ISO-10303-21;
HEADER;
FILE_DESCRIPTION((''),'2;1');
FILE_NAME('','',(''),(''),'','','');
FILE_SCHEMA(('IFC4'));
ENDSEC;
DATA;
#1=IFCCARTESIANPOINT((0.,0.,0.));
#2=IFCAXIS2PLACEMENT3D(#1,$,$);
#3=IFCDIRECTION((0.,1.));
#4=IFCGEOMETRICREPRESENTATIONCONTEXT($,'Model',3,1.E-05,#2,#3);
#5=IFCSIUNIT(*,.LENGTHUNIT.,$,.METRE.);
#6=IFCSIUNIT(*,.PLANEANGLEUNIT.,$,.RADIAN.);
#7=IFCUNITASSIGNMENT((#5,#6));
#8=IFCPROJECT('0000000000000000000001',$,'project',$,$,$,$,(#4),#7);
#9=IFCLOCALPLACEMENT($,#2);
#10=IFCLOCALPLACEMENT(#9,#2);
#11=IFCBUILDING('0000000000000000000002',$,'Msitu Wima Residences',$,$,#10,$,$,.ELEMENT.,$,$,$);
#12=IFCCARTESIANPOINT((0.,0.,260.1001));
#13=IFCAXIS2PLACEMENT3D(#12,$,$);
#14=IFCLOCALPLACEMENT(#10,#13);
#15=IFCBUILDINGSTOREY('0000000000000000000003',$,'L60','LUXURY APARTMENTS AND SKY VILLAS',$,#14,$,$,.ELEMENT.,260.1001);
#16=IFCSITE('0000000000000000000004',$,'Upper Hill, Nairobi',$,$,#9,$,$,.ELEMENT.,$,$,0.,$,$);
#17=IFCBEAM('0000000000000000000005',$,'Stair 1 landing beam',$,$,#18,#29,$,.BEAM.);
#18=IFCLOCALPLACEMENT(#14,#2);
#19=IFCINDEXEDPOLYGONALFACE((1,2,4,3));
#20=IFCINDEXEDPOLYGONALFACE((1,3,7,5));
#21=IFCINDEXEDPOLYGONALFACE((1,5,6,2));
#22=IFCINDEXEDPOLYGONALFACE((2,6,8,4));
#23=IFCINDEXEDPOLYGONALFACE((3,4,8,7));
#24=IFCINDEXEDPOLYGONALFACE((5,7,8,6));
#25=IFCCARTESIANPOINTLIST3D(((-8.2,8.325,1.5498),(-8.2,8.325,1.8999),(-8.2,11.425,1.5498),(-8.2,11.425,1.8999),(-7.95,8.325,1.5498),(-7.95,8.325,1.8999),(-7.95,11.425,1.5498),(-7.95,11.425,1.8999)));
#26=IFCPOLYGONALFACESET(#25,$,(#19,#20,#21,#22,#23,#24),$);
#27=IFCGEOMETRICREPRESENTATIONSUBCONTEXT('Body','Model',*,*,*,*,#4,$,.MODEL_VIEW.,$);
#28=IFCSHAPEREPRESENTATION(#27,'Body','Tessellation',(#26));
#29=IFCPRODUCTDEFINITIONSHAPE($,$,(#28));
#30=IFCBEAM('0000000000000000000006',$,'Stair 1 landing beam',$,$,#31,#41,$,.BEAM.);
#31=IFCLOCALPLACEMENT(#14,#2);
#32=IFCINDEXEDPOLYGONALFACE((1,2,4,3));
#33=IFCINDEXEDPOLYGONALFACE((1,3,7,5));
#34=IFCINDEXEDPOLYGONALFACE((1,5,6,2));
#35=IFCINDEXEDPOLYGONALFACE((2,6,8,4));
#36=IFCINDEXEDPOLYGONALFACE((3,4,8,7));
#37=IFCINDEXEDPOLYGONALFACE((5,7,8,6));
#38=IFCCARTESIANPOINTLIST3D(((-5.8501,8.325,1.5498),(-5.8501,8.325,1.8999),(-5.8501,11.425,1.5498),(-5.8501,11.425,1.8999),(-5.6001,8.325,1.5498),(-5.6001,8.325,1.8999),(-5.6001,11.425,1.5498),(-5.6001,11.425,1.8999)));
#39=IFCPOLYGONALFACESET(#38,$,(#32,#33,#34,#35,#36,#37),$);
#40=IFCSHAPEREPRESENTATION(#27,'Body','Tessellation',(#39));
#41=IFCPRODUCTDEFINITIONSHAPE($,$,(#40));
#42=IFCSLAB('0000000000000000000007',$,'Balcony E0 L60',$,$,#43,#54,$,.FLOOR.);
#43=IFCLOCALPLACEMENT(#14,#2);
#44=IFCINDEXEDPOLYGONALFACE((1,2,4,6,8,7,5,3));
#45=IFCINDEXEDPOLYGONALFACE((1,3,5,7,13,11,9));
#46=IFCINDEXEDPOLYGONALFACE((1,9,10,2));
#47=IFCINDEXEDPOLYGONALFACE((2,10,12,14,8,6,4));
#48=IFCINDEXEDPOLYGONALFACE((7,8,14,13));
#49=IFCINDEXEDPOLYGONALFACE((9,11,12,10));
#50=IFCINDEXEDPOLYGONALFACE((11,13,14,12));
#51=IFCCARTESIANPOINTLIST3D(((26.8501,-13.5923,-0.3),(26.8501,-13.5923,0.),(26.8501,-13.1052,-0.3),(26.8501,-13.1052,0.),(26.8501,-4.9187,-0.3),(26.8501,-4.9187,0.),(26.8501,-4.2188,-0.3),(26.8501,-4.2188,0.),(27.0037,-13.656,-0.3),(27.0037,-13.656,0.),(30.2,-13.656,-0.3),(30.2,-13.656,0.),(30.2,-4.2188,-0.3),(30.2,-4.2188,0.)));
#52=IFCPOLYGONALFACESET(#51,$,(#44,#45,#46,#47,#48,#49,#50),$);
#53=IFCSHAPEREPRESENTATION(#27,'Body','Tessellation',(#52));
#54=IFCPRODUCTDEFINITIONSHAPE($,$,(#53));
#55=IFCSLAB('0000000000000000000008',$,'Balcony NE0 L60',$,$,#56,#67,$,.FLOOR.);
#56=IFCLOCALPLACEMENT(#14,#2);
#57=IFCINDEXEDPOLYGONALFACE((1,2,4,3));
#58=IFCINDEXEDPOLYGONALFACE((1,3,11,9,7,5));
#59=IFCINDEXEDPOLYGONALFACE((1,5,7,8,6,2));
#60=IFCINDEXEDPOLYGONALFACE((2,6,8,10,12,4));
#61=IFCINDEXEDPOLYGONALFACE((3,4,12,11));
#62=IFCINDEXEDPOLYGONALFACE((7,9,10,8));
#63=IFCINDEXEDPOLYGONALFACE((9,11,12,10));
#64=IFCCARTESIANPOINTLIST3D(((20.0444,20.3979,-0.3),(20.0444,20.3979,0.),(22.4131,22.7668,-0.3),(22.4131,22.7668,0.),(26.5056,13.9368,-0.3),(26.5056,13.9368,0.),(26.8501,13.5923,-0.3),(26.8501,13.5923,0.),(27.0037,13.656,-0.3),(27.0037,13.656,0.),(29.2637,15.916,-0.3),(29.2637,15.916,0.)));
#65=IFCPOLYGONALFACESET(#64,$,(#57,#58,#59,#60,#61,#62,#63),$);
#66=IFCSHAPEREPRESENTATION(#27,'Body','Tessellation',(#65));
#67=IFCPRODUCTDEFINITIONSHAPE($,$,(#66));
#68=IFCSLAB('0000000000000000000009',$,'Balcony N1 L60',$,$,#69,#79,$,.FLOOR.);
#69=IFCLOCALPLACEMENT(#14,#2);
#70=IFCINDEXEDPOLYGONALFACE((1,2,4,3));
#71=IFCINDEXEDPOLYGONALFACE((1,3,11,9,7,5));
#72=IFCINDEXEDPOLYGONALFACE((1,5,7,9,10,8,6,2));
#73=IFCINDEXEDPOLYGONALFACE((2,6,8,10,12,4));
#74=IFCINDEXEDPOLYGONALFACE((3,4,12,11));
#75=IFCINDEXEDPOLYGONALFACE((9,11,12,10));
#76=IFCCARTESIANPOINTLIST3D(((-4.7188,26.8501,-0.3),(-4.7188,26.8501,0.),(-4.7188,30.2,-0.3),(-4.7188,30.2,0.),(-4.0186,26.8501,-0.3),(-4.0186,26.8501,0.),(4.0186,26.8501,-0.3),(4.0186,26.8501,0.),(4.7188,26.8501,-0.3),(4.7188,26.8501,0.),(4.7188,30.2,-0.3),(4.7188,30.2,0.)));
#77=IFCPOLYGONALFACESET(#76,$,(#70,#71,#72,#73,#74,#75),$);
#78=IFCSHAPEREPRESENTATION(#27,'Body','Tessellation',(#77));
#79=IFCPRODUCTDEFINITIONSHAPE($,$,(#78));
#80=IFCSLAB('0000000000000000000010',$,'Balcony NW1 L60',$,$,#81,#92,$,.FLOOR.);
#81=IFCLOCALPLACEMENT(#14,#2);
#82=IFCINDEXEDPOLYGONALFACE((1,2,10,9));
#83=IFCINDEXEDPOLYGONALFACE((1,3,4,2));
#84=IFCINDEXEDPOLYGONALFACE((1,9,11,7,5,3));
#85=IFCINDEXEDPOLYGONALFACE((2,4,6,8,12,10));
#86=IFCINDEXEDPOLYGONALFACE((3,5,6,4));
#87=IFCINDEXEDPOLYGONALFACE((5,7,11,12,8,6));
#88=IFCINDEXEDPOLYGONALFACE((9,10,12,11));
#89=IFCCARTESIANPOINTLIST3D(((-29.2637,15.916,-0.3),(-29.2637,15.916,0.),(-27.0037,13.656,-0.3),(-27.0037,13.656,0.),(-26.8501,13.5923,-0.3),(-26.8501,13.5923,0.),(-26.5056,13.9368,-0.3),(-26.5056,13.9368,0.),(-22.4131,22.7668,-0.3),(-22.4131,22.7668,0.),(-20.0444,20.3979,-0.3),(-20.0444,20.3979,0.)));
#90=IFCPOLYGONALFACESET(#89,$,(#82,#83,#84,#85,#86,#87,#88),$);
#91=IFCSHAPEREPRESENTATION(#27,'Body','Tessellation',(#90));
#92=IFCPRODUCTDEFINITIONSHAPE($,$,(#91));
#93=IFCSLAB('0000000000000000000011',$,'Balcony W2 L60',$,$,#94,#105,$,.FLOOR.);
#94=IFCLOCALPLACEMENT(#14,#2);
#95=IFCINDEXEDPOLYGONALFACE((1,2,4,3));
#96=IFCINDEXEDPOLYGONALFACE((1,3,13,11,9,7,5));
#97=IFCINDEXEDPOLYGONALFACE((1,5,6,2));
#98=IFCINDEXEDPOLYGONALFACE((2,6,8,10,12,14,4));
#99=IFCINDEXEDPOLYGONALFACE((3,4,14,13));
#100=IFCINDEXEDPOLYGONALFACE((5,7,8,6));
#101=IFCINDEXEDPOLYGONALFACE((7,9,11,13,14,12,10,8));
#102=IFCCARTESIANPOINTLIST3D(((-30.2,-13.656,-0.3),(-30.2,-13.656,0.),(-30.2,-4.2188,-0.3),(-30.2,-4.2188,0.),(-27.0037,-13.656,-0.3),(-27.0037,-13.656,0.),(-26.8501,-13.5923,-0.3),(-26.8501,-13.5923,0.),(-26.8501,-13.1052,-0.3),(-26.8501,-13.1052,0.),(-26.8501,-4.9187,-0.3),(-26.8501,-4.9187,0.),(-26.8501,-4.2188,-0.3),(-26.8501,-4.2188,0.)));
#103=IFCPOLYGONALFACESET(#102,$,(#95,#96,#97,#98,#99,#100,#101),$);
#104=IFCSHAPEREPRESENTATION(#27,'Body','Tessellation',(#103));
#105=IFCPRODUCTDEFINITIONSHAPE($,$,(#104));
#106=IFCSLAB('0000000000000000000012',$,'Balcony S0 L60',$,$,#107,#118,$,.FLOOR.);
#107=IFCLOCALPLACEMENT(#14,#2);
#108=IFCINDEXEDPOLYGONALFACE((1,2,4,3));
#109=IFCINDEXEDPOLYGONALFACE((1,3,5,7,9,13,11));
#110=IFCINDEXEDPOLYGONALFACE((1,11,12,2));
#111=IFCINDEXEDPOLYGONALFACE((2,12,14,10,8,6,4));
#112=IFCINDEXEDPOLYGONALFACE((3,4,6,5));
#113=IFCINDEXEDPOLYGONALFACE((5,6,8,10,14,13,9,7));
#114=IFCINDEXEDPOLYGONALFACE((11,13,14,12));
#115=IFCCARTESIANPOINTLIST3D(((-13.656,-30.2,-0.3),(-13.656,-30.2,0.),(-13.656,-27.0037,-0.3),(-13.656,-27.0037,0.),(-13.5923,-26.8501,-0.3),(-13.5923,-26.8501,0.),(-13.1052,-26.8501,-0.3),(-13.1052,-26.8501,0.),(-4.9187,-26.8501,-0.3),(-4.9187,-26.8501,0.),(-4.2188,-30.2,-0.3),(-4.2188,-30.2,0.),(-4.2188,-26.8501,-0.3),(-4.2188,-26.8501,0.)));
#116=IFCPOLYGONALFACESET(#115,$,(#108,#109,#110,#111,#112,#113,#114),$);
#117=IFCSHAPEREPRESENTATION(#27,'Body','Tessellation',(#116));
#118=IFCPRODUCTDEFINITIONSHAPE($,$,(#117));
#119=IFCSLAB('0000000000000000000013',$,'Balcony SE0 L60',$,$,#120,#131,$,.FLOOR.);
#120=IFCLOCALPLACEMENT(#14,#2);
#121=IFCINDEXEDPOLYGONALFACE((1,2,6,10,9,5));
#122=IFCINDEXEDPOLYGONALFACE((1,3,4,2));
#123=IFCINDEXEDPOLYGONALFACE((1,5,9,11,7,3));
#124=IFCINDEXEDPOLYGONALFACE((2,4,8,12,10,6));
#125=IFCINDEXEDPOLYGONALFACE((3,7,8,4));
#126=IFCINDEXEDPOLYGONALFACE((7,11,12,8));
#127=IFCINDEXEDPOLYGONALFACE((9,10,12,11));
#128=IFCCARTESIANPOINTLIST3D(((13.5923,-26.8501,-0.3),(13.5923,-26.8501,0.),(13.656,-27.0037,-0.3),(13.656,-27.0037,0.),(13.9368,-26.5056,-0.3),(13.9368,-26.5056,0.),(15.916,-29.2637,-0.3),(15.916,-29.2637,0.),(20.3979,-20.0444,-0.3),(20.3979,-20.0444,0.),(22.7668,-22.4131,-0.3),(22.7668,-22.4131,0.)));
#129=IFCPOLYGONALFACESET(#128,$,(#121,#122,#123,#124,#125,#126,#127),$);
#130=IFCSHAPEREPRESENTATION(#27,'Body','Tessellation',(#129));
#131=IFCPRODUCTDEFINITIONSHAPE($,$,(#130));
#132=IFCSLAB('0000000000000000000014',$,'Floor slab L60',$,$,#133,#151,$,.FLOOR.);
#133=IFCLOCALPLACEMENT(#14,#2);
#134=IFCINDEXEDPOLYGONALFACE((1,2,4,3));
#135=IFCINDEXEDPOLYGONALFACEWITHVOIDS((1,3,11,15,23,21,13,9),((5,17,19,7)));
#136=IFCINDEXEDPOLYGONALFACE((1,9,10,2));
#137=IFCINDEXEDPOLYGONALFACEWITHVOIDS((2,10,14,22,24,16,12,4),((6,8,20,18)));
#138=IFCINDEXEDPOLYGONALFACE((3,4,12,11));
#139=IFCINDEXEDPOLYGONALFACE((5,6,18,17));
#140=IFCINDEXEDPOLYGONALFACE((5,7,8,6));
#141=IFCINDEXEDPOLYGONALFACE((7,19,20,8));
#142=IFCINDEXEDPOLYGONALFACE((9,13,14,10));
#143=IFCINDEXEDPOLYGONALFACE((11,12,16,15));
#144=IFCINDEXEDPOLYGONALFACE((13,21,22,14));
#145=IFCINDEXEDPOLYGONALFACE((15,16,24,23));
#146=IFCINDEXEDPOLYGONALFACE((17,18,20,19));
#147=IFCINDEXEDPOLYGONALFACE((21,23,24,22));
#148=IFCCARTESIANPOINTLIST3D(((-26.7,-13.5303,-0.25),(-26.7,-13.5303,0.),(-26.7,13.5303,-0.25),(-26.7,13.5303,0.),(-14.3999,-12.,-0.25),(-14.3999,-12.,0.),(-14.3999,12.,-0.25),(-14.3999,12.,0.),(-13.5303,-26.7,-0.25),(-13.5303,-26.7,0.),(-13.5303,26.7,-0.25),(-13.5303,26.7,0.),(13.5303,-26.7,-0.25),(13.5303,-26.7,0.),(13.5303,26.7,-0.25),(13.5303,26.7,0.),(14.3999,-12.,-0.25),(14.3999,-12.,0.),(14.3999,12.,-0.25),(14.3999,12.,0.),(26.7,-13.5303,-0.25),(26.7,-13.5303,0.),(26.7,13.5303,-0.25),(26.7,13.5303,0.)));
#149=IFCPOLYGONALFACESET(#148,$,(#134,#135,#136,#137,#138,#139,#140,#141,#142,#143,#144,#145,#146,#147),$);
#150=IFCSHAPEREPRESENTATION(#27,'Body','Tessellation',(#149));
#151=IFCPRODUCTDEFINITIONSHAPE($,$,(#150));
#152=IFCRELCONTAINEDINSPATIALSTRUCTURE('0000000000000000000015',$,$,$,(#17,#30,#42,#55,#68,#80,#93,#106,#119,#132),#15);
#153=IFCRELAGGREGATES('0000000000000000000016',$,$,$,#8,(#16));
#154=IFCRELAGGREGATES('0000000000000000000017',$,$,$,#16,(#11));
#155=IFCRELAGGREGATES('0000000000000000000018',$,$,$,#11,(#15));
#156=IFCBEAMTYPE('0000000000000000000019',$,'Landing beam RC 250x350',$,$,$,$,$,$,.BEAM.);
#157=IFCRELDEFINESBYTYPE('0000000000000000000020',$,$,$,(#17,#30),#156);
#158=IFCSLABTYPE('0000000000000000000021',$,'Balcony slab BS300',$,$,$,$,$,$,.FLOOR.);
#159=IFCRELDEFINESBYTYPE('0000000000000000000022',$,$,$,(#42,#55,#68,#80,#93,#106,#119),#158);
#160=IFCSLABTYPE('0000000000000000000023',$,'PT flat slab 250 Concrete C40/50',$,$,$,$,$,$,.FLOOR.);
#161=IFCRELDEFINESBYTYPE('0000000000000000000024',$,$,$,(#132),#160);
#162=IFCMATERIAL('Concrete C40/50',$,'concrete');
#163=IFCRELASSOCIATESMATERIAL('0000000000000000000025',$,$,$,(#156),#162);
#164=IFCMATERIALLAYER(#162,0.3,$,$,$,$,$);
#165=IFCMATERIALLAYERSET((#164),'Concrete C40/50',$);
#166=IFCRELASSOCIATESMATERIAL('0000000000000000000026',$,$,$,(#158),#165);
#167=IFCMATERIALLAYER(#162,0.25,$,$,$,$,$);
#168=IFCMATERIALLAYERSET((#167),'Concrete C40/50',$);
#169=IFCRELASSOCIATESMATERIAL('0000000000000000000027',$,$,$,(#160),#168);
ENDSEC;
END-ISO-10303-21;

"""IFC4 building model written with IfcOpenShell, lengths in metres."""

from ifc_helpers import new_model, si_unit, direction, frame, origin, origin_2d, place, context, subcontext, project, spatial, polyline, rectangle, outline, extrude, material, layer, layer_set, material_profile, profile_set, type_object, element, save


model = new_model("IFC4")

# Units and contexts
model_context = context("Model", 3, precision=1e-05, world=origin(), true_north=direction((0.0, 1.0)))
body_context = subcontext(model_context, "Body", "Model", "MODEL_VIEW")
ifc_project = project(units=[si_unit("LENGTHUNIT", "METRE"), si_unit("PLANEANGLEUNIT", "RADIAN")], contexts=[model_context])

# Site, building, storey
site_placement = place(None, origin())
site = spatial("IfcSite", under=ifc_project, at=site_placement, Name="Upper Hill, Nairobi", CompositionType="ELEMENT", RefElevation=0.0)
building_placement = place(site_placement, origin())
building = spatial("IfcBuilding", under=site, at=building_placement, Name="Msitu Wima Residences", CompositionType="ELEMENT")
storey_placement = place(building_placement, frame((0.0, 0.0, 260.1001)))
storey = spatial("IfcBuildingStorey", under=building, at=storey_placement, Name="L60", Description="LUXURY APARTMENTS AND SKY VILLAS", CompositionType="ELEMENT", Elevation=260.1001)

# Beams
ifc_material_1 = material(Name="Concrete C40/50", Category="concrete")
ifc_material_profile = material_profile(ifc_material_1, rectangle(XDim=0.25, YDim=0.3501, at=origin_2d()), Name="RC 250x350")
ifc_profile_set = profile_set([ifc_material_profile], Name="Concrete C40/50")
beam_type = type_object("IfcBeamType", Name="Landing beam RC 250x350", PredefinedType="BEAM", material=ifc_profile_set)
for number, where, z_axis, x_axis, name in (
    (1, (-8.075, 8.325, 1.7249), (0.0, 1.0, 0.0), (-1.0, 0.0, 0.0), "Stair 1 landing beam"),
    (2, (-5.7251, 8.325, 1.7249), (0.0, 1.0, 0.0), (-1.0, 0.0, 0.0), "Stair 1 landing beam"),
):
    element("IfcBeam", number, at=place(storey_placement, frame(where, z_axis=z_axis, x_axis=x_axis)), inside=storey, type_object=beam_type, Name=name, PredefinedType="BEAM", context=body_context, shape_type="SweptSolid", body=[
        extrude(rectangle(XDim=0.25, YDim=0.3501, at=origin_2d()), origin(), (0.0, 0.0, 1.0), 3.1001),
    ])

# Slabs
ifc_layer_1 = layer(ifc_material_1, 0.3)
ifc_layer_set_1 = layer_set([ifc_layer_1], Name="Concrete C40/50")
slab_type_1 = type_object("IfcSlabType", Name="Balcony slab BS300", PredefinedType="FLOOR", material=ifc_layer_set_1)
slab_1_placement = place(storey_placement, frame((0.0, 0.0, -0.3)))
element("IfcSlab", 3, at=slab_1_placement, inside=storey, type_object=slab_type_1, Name="Balcony E0 L60", PredefinedType="FLOOR", context=body_context, shape_type="SweptSolid", body=[
    extrude(outline(polyline([(26.8501, -13.1052), (26.8501, -13.1052), (26.8501, -4.9187), (26.8501, -4.2188), (30.2, -4.2188), (30.2, -13.656), (27.0037, -13.656), (26.8501, -13.5923), (26.8501, -13.1052), (26.8501, -13.1052)])), origin(), (0.0, 0.0, 1.0), 0.3),
])
slab_2_placement = place(storey_placement, frame((0.0, 0.0, -0.3)))
element("IfcSlab", 4, at=slab_2_placement, inside=storey, type_object=slab_type_1, Name="Balcony NE0 L60", PredefinedType="FLOOR", context=body_context, shape_type="SweptSolid", body=[
    extrude(outline(polyline([(26.5056, 13.9368), (26.5056, 13.9368), (20.0444, 20.3979), (22.4131, 22.7668), (29.2637, 15.916), (27.0037, 13.656), (26.8501, 13.5923), (26.5056, 13.9368), (26.5056, 13.9368)])), origin(), (0.0, 0.0, 1.0), 0.3),
])
slab_3_placement = place(storey_placement, frame((0.0, 0.0, -0.3)))
element("IfcSlab", 5, at=slab_3_placement, inside=storey, type_object=slab_type_1, Name="Balcony N1 L60", PredefinedType="FLOOR", context=body_context, shape_type="SweptSolid", body=[
    extrude(outline(polyline([(4.0186, 26.8501), (-4.0186, 26.8501), (-4.7188, 26.8501), (-4.7188, 30.2), (4.7188, 30.2), (4.7188, 26.8501), (4.0186, 26.8501)])), origin(), (0.0, 0.0, 1.0), 0.3),
])
slab_4_placement = place(storey_placement, frame((0.0, 0.0, -0.3)))
element("IfcSlab", 6, at=slab_4_placement, inside=storey, type_object=slab_type_1, Name="Balcony NW1 L60", PredefinedType="FLOOR", context=body_context, shape_type="SweptSolid", body=[
    extrude(outline(polyline([(-26.5056, 13.9368), (-26.5056, 13.9368), (-26.8501, 13.5923), (-27.0037, 13.656), (-29.2637, 15.916), (-22.4131, 22.7668), (-20.0444, 20.3979), (-26.5056, 13.9368), (-26.5056, 13.9368)])), origin(), (0.0, 0.0, 1.0), 0.3),
])
slab_5_placement = place(storey_placement, frame((0.0, 0.0, -0.3)))
element("IfcSlab", 7, at=slab_5_placement, inside=storey, type_object=slab_type_1, Name="Balcony W2 L60", PredefinedType="FLOOR", context=body_context, shape_type="SweptSolid", body=[
    extrude(outline(polyline([(-26.8501, -13.1052), (-26.8501, -13.1052), (-26.8501, -13.1052), (-26.8501, -13.5923), (-27.0037, -13.656), (-30.2, -13.656), (-30.2, -4.2188), (-26.8501, -4.2188), (-26.8501, -4.9187), (-26.8501, -13.1052)])), origin(), (0.0, 0.0, 1.0), 0.3),
])
slab_6_placement = place(storey_placement, frame((0.0, 0.0, -0.3)))
element("IfcSlab", 8, at=slab_6_placement, inside=storey, type_object=slab_type_1, Name="Balcony S0 L60", PredefinedType="FLOOR", context=body_context, shape_type="SweptSolid", body=[
    extrude(outline(polyline([(-13.1052, -26.8501), (-13.1052, -26.8501), (-4.9187, -26.8501), (-4.2188, -26.8501), (-4.2188, -30.2), (-13.656, -30.2), (-13.656, -27.0037), (-13.5923, -26.8501), (-13.1052, -26.8501), (-13.1052, -26.8501)])), origin(), (0.0, 0.0, 1.0), 0.3),
])
slab_7_placement = place(storey_placement, frame((0.0, 0.0, -0.3)))
element("IfcSlab", 9, at=slab_7_placement, inside=storey, type_object=slab_type_1, Name="Balcony SE0 L60", PredefinedType="FLOOR", context=body_context, shape_type="SweptSolid", body=[
    extrude(outline(polyline([(13.9368, -26.5056), (13.9368, -26.5056), (20.3979, -20.0444), (22.7668, -22.4131), (15.916, -29.2637), (13.656, -27.0037), (13.5923, -26.8501), (13.9368, -26.5056), (13.9368, -26.5056)])), origin(), (0.0, 0.0, 1.0), 0.3),
])
ifc_layer_2 = layer(ifc_material_1, 0.25)
ifc_layer_set_2 = layer_set([ifc_layer_2], Name="Concrete C40/50")
slab_type_2 = type_object("IfcSlabType", Name="PT flat slab 250 Concrete C40/50", PredefinedType="FLOOR", material=ifc_layer_set_2)
slab_8_placement = place(storey_placement, frame((0.0, 0.0, -0.25)))
element("IfcSlab", 10, at=slab_8_placement, inside=storey, type_object=slab_type_2, Name="Floor slab L60", PredefinedType="FLOOR", context=body_context, shape_type="SweptSolid", body=[
    extrude(outline(polyline([(26.7, -13.5303), (13.5303, -26.7), (-13.5303, -26.7), (-26.7, -13.5303), (-26.7, 13.5303), (-13.5303, 26.7), (13.5303, 26.7), (26.7, 13.5303), (26.7, -13.5303)]), holes=[polyline([(-14.3999, -12.0), (14.3999, -12.0), (14.3999, 12.0), (-14.3999, 12.0), (-14.3999, -12.0)])]), origin(), (0.0, 0.0, 1.0), 0.25),
])

save(model, "model.ifc")
